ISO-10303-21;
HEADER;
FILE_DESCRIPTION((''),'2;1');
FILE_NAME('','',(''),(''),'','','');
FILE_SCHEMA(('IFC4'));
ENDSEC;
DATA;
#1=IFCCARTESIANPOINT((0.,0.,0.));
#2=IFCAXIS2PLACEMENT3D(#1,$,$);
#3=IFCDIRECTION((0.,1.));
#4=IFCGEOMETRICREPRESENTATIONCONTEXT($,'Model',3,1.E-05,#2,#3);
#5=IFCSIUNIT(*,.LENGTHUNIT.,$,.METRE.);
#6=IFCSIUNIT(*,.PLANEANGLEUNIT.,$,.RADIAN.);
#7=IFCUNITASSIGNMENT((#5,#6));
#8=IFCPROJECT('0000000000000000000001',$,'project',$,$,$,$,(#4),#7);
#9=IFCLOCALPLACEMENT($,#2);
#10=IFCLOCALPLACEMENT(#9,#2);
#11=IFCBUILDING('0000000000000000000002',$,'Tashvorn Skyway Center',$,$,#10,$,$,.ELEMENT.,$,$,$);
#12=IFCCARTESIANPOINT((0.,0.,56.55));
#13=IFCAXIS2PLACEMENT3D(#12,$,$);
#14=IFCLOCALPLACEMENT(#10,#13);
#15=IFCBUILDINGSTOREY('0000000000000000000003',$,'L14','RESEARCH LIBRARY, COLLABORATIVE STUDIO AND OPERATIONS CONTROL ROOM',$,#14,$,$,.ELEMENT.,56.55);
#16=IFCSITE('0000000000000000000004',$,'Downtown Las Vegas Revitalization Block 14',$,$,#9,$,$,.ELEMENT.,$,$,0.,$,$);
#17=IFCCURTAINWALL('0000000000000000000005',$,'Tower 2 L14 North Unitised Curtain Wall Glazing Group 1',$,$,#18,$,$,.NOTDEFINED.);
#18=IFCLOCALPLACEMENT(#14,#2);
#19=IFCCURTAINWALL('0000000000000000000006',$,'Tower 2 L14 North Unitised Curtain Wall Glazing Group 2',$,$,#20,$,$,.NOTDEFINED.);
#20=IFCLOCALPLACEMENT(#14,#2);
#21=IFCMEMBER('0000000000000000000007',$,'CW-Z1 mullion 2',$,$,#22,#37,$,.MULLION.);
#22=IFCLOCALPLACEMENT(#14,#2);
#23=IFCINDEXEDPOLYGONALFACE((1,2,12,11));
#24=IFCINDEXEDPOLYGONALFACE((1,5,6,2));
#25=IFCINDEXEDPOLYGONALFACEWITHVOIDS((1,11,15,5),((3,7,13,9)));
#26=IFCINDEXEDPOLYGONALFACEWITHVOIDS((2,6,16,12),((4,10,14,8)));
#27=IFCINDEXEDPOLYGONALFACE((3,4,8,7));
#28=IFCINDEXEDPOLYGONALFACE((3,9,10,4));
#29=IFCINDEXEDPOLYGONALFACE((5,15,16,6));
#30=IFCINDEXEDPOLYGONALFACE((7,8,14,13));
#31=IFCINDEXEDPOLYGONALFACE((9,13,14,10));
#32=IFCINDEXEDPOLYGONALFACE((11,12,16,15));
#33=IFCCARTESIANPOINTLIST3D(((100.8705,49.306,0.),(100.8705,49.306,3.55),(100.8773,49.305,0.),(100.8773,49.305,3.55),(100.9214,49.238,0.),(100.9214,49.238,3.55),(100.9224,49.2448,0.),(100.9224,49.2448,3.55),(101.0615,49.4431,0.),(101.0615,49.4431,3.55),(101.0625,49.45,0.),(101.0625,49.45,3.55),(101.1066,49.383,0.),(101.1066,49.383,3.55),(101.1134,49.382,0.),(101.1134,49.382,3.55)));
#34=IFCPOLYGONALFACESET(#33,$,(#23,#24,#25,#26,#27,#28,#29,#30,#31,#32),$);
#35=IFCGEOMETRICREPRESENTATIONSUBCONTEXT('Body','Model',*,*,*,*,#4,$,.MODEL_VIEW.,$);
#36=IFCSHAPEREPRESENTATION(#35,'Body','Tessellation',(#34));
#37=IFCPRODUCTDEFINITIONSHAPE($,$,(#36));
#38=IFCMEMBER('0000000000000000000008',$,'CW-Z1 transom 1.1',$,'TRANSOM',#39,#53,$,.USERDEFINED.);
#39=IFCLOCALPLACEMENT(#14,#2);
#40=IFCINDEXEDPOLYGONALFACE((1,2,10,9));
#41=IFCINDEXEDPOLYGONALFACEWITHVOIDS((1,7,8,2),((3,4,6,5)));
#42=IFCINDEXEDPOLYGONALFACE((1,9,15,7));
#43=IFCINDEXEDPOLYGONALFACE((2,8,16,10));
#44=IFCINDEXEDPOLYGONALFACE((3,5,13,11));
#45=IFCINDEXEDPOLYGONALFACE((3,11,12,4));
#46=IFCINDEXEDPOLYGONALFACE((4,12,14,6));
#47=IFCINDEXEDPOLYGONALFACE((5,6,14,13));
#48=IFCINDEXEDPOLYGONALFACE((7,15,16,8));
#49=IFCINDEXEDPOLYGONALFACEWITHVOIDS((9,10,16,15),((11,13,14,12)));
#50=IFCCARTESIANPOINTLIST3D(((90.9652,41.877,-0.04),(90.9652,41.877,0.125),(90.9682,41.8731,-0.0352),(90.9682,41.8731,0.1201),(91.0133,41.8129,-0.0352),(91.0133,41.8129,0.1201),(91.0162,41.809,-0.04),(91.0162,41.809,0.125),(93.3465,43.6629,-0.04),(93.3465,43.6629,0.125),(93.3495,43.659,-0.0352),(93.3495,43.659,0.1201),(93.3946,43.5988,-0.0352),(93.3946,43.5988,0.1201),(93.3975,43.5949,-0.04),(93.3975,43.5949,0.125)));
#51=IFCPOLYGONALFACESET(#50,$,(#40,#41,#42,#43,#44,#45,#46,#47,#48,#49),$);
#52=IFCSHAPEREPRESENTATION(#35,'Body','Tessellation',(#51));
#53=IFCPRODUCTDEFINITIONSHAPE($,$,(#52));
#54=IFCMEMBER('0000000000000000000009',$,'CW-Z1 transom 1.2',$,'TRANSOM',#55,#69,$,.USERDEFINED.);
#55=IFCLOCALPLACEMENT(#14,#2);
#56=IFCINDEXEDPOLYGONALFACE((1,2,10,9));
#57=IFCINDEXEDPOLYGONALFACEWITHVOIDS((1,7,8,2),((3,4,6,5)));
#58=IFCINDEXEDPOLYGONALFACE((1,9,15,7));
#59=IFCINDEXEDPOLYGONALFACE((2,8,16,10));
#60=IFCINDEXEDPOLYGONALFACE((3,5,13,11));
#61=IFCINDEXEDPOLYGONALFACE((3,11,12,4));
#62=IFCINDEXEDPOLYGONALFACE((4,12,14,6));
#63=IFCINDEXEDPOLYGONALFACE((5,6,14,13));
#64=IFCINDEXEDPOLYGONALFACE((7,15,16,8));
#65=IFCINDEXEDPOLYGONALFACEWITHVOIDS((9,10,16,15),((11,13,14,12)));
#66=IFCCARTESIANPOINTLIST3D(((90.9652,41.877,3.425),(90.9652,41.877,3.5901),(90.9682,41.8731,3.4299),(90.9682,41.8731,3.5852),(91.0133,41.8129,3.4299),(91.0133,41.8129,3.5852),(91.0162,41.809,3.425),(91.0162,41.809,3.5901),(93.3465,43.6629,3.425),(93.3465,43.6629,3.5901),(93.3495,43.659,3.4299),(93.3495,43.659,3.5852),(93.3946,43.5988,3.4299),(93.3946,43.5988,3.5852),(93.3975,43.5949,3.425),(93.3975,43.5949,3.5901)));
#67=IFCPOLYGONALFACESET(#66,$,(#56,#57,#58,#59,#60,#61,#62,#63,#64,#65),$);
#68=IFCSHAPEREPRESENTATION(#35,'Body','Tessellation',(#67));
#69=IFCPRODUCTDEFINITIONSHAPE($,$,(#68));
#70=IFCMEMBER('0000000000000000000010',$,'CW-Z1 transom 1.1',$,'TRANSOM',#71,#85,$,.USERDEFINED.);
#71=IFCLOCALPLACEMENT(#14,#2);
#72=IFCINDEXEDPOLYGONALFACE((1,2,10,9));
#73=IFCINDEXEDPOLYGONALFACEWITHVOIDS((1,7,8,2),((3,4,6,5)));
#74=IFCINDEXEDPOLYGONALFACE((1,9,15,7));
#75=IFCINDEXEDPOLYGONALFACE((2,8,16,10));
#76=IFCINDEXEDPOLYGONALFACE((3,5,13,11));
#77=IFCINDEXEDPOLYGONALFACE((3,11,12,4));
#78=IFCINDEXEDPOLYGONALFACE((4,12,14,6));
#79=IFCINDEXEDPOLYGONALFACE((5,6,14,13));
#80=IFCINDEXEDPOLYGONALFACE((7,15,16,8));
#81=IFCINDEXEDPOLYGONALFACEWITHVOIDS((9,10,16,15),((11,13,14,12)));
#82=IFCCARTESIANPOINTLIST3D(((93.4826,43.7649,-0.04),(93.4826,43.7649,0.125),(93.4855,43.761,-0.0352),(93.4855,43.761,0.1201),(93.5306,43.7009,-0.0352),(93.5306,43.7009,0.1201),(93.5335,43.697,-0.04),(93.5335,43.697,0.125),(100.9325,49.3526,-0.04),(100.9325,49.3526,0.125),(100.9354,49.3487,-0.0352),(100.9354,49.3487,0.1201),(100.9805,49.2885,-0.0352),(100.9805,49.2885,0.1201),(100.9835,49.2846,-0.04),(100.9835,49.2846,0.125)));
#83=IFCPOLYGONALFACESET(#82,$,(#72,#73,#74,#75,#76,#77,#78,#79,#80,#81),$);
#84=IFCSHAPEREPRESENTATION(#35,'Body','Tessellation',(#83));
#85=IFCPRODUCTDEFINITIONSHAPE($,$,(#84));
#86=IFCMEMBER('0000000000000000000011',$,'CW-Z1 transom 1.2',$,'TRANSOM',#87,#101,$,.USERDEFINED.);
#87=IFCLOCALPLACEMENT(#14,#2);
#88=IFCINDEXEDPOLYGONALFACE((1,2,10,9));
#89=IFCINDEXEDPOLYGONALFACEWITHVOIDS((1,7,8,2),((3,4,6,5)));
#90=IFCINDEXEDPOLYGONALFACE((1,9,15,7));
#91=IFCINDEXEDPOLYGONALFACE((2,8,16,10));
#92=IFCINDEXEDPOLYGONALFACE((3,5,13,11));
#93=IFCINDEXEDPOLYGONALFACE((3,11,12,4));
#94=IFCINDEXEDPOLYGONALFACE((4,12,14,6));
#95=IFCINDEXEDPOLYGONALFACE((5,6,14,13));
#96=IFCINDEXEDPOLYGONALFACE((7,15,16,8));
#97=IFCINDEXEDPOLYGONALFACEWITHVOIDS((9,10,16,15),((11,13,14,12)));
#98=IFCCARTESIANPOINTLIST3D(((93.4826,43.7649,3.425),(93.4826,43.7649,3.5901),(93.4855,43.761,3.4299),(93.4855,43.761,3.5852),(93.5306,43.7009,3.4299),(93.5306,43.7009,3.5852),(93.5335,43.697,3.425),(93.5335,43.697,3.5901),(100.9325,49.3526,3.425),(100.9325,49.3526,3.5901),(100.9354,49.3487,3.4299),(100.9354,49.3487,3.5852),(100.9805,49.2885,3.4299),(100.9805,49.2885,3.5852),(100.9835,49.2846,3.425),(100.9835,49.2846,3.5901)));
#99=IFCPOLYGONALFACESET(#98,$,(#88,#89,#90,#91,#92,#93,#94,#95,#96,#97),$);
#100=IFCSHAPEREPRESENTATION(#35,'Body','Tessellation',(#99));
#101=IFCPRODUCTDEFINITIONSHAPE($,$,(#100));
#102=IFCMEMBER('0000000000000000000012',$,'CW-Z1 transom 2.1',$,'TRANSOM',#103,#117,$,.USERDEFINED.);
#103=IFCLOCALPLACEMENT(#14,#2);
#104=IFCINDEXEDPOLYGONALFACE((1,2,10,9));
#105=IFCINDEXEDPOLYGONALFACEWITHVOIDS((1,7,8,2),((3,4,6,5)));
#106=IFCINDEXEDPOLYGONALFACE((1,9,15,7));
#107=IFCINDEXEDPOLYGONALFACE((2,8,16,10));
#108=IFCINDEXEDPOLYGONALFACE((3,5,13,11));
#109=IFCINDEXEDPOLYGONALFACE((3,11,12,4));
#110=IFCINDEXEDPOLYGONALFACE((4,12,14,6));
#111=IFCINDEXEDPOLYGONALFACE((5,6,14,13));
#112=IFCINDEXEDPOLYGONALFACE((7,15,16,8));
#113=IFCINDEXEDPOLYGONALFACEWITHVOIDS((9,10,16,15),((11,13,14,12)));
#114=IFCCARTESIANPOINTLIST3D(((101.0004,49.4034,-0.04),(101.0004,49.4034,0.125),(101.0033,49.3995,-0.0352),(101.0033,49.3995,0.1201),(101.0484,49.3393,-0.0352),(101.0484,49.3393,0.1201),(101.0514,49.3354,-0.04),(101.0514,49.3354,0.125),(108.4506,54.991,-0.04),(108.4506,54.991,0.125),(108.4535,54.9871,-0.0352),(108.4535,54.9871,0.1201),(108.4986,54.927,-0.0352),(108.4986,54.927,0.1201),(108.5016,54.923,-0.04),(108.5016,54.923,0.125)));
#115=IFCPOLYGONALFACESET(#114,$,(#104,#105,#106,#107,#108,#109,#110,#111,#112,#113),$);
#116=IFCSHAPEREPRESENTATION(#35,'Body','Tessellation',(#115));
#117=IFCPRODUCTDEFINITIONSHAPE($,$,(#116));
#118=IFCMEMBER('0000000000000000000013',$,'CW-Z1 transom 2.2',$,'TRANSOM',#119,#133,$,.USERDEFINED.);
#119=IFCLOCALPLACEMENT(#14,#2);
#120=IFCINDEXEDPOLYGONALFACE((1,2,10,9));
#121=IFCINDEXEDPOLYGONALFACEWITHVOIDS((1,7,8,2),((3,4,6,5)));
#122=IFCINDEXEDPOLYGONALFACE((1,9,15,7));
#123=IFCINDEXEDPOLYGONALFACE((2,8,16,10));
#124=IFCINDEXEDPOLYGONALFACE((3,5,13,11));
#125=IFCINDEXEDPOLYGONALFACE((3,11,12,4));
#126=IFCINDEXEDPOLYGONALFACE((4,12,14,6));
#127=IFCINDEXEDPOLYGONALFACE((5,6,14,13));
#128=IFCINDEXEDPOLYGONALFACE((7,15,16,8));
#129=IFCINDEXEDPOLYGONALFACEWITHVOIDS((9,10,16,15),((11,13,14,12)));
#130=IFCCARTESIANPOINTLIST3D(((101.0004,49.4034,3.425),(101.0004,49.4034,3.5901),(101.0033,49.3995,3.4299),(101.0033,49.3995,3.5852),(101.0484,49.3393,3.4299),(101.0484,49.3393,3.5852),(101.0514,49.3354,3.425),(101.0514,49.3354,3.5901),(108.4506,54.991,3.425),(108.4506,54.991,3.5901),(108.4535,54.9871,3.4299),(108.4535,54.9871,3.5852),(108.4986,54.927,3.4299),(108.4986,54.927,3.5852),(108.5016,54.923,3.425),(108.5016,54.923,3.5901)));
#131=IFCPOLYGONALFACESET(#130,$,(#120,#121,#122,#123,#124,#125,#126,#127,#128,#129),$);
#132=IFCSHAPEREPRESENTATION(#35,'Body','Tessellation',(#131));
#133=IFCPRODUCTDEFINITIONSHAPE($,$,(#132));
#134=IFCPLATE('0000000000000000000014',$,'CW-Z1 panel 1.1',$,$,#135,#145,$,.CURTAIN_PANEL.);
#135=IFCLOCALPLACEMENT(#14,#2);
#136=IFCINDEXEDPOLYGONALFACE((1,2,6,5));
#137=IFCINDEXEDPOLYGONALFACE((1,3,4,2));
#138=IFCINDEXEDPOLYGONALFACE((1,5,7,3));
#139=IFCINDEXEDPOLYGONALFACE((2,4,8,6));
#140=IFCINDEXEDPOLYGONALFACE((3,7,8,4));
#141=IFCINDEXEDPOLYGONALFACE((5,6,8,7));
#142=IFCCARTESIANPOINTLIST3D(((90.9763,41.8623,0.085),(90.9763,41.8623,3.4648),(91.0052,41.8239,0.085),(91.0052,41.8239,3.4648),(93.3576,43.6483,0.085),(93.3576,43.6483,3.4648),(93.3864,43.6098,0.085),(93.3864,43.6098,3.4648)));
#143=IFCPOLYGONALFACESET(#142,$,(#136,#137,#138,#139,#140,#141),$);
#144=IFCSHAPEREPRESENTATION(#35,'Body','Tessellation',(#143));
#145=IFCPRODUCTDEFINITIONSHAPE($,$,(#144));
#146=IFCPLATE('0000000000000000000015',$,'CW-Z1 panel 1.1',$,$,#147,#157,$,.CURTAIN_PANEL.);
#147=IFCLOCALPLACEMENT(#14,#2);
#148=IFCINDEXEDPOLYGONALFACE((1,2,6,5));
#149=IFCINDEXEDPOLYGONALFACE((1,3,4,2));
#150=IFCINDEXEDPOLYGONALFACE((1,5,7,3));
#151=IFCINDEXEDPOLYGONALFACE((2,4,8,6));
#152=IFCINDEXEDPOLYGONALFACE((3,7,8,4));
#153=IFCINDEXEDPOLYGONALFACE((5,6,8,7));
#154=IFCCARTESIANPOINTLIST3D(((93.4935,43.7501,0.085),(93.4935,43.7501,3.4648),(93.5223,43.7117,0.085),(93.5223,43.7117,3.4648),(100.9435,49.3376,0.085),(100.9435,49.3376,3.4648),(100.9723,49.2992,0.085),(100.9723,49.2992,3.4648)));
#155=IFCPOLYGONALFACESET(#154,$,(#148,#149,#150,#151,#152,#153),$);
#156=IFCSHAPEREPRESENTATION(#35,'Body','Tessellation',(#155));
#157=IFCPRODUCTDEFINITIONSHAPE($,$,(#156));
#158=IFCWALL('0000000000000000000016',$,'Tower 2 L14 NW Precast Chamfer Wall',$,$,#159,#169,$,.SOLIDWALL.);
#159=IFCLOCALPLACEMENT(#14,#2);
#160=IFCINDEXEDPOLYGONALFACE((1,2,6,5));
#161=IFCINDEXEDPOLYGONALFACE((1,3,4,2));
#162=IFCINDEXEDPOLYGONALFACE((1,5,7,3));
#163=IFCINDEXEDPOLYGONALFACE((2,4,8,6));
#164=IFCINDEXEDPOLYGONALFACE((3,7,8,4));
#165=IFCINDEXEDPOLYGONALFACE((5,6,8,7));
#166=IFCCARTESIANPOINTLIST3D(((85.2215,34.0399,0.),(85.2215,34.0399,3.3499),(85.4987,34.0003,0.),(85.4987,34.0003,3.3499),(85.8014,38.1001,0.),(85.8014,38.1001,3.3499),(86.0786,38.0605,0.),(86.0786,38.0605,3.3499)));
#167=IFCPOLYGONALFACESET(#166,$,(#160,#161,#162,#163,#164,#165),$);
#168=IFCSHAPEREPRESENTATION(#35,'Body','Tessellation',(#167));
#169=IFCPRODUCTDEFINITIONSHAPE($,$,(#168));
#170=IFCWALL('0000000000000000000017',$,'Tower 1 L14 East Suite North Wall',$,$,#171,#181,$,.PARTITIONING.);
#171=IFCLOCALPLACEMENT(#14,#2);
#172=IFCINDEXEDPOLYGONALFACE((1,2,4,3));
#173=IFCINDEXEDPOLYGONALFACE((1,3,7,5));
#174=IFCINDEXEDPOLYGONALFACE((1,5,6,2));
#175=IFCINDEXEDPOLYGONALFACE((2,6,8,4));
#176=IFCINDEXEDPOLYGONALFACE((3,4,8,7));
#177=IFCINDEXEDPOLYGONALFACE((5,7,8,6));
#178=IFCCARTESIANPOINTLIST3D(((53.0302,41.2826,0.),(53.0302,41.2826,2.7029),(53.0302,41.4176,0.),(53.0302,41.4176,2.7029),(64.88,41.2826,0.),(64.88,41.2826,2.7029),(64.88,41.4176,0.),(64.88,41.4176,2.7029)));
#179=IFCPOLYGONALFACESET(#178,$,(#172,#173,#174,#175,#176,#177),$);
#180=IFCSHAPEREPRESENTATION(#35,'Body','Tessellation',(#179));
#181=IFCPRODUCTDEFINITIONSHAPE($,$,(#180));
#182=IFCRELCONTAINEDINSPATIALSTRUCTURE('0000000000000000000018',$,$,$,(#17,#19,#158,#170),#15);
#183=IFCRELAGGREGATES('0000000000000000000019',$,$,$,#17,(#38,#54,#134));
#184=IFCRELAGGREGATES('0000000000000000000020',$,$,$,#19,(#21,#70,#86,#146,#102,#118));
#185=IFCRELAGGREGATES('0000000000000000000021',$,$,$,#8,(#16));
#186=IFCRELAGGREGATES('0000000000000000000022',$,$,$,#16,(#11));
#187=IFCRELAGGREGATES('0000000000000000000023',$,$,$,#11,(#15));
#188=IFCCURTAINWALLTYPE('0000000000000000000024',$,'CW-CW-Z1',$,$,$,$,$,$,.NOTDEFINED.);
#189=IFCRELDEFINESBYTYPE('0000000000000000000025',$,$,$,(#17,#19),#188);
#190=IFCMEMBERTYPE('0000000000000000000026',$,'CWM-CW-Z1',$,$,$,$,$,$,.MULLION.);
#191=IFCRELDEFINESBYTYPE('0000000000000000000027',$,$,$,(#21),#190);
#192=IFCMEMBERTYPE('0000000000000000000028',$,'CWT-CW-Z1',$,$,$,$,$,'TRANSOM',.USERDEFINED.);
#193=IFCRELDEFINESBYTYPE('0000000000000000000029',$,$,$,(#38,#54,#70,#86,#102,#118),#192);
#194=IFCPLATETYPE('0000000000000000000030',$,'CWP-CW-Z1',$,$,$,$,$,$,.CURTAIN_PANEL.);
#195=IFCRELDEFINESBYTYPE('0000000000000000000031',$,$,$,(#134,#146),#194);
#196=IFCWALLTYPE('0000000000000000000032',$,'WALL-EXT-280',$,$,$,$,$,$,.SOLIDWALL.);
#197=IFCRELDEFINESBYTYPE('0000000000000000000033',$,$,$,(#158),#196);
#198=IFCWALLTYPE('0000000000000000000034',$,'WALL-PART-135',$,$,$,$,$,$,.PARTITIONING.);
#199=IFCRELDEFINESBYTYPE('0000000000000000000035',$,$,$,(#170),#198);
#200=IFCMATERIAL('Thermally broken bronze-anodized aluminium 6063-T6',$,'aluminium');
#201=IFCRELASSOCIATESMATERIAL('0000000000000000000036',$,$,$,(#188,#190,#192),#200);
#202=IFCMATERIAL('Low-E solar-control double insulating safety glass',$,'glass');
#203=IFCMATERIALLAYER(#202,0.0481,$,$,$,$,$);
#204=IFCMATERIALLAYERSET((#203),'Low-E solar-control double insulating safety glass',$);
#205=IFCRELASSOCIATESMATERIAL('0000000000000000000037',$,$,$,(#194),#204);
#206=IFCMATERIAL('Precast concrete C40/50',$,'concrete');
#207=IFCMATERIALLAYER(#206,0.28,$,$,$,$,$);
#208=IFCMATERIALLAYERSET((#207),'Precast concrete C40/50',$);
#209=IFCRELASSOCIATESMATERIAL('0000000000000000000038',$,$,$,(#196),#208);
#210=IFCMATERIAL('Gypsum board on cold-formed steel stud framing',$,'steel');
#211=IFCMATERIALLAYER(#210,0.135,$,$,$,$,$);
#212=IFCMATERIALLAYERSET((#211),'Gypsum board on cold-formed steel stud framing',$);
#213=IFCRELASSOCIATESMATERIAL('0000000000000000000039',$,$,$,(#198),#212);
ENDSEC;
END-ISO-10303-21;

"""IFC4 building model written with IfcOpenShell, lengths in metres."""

from ifc_helpers import new_model, si_unit, direction, frame, frame_2d, origin, origin_2d, place, context, subcontext, project, spatial, rectangle, hollow_rectangle, extrude, material, layer, layer_set, material_profile, profile_set, type_object, element, aggregate, save


model = new_model("IFC4")

# Units and contexts
model_context = context("Model", 3, precision=1e-05, world=origin(), true_north=direction((0.0, 1.0)))
body_context = subcontext(model_context, "Body", "Model", "MODEL_VIEW")
ifc_project = project(units=[si_unit("LENGTHUNIT", "METRE"), si_unit("PLANEANGLEUNIT", "RADIAN")], contexts=[model_context])

# Site, building, storey
site_placement = place(None, origin())
site = spatial("IfcSite", under=ifc_project, at=site_placement, Name="Downtown Las Vegas Revitalization Block 14", CompositionType="ELEMENT", RefElevation=0.0)
building_placement = place(site_placement, origin())
building = spatial("IfcBuilding", under=site, at=building_placement, Name="Tashvorn Skyway Center", CompositionType="ELEMENT")
storey_placement = place(building_placement, frame((0.0, 0.0, 56.55)))
storey = spatial("IfcBuildingStorey", under=building, at=storey_placement, Name="L14", Description="RESEARCH LIBRARY, COLLABORATIVE STUDIO AND OPERATIONS CONTROL ROOM", CompositionType="ELEMENT", Elevation=56.55)

# Curtain walls, member
ifc_material_1 = material(Name="Thermally broken bronze-anodized aluminium 6063-T6", Category="aluminium")
curtain_wall_type = type_object("IfcCurtainWallType", Name="CW-CW-Z1", PredefinedType="NOTDEFINED", material=ifc_material_1)
curtain_wall_1_placement = place(storey_placement, origin())
curtain_wall_1 = element("IfcCurtainWall", 1, at=curtain_wall_1_placement, inside=storey, type_object=curtain_wall_type, Name="Tower 2 L14 North Unitised Curtain Wall Glazing Group 1", PredefinedType="NOTDEFINED")
ifc_material_profile_1 = material_profile(ifc_material_1, hollow_rectangle(XDim=0.085, YDim=0.24, WallThickness=0.0049, at=origin_2d()), Name="ALU-MULL-85x240")
ifc_profile_set_1 = profile_set([ifc_material_profile_1], Name="Thermally broken bronze-anodized aluminium 6063-T6")
member_type_1 = type_object("IfcMemberType", Name="CWM-CW-Z1", PredefinedType="MULLION", material=ifc_profile_set_1)
curtain_wall_2_placement = place(storey_placement, origin())
curtain_wall_2 = element("IfcCurtainWall", 2, at=curtain_wall_2_placement, inside=storey, type_object=curtain_wall_type, Name="Tower 2 L14 North Unitised Curtain Wall Glazing Group 2", PredefinedType="NOTDEFINED")
member_1_placement = place(storey_placement, frame((100.9919, 49.344, 0.0), z_axis=(0.0, 0.0, 1.0), x_axis=(-0.6, 0.8, 0.0)))
member_1 = element("IfcMember", 3, at=member_1_placement, type_object=member_type_1, Name="CW-Z1 mullion 2", PredefinedType="MULLION", context=body_context, shape_type="SweptSolid", body=[
    extrude(hollow_rectangle(XDim=0.085, YDim=0.24, WallThickness=0.0049, at=origin_2d()), origin(), (0.0, 0.0, 1.0), 3.55),
])

# Members
ifc_material_profile_2 = material_profile(ifc_material_1, hollow_rectangle(XDim=0.085, YDim=0.165, WallThickness=0.0049, at=origin_2d()), Name="ALU-TRAN-85x165")
ifc_profile_set_2 = profile_set([ifc_material_profile_2], Name="Thermally broken bronze-anodized aluminium 6063-T6")
member_type_2 = type_object("IfcMemberType", Name="CWT-CW-Z1", ElementType="TRANSOM", PredefinedType="USERDEFINED", material=ifc_profile_set_2)
member_2_placement = place(storey_placement, frame((90.9907, 41.843, 0.0425), z_axis=(0.80002, 0.599974, 0.0), x_axis=(-0.599974, 0.80002, 0.0)))
member_2 = element("IfcMember", 4, at=member_2_placement, type_object=member_type_2, Name="CW-Z1 transom 1.1", ObjectType="TRANSOM", PredefinedType="USERDEFINED", context=body_context, shape_type="SweptSolid", body=[
    extrude(hollow_rectangle(XDim=0.085, YDim=0.165, WallThickness=0.0049, at=origin_2d()), origin(), (0.0, 0.0, 1.0), 2.9766),
])
member_3_placement = place(storey_placement, frame((90.9907, 41.843, 3.5076), z_axis=(0.80002, 0.599974, 0.0), x_axis=(-0.599974, 0.80002, 0.0)))
member_3 = element("IfcMember", 5, at=member_3_placement, type_object=member_type_2, Name="CW-Z1 transom 1.2", ObjectType="TRANSOM", PredefinedType="USERDEFINED", context=body_context, shape_type="SweptSolid", body=[
    extrude(hollow_rectangle(XDim=0.085, YDim=0.165, WallThickness=0.0049, at=origin_2d()), origin(), (0.0, 0.0, 1.0), 2.9766),
])
member_4_placement = place(storey_placement, frame((93.5081, 43.731, 0.0425), z_axis=(0.799991, 0.600013, 0.0), x_axis=(-0.600013, 0.799991, 0.0)))
member_4 = element("IfcMember", 6, at=member_4_placement, type_object=member_type_2, Name="CW-Z1 transom 1.1", ObjectType="TRANSOM", PredefinedType="USERDEFINED", context=body_context, shape_type="SweptSolid", body=[
    extrude(hollow_rectangle(XDim=0.085, YDim=0.165, WallThickness=0.0049, at=origin_2d()), origin(), (0.0, 0.0, 1.0), 9.3125),
])
member_5_placement = place(storey_placement, frame((93.5081, 43.731, 3.5076), z_axis=(0.799991, 0.600013, 0.0), x_axis=(-0.600013, 0.799991, 0.0)))
member_5 = element("IfcMember", 7, at=member_5_placement, type_object=member_type_2, Name="CW-Z1 transom 1.2", ObjectType="TRANSOM", PredefinedType="USERDEFINED", context=body_context, shape_type="SweptSolid", body=[
    extrude(hollow_rectangle(XDim=0.085, YDim=0.165, WallThickness=0.0049, at=origin_2d()), origin(), (0.0, 0.0, 1.0), 9.3125),
])
member_6_placement = place(storey_placement, frame((101.0259, 49.3694, 0.0425), z_axis=(0.8, 0.6, 0.0), x_axis=(-0.6, 0.8, 0.0)))
member_6 = element("IfcMember", 8, at=member_6_placement, type_object=member_type_2, Name="CW-Z1 transom 2.1", ObjectType="TRANSOM", PredefinedType="USERDEFINED", context=body_context, shape_type="SweptSolid", body=[
    extrude(hollow_rectangle(XDim=0.085, YDim=0.165, WallThickness=0.0049, at=origin_2d()), origin(), (0.0, 0.0, 1.0), 9.3127),
])
member_7_placement = place(storey_placement, frame((101.0259, 49.3694, 3.5076), z_axis=(0.8, 0.6, 0.0), x_axis=(-0.6, 0.8, 0.0)))
member_7 = element("IfcMember", 9, at=member_7_placement, type_object=member_type_2, Name="CW-Z1 transom 2.2", ObjectType="TRANSOM", PredefinedType="USERDEFINED", context=body_context, shape_type="SweptSolid", body=[
    extrude(hollow_rectangle(XDim=0.085, YDim=0.165, WallThickness=0.0049, at=origin_2d()), origin(), (0.0, 0.0, 1.0), 9.3127),
])

# Plates
ifc_material_2 = material(Name="Low-E solar-control double insulating safety glass", Category="glass")
ifc_layer_1 = layer(ifc_material_2, 0.0481)
ifc_layer_set_1 = layer_set([ifc_layer_1], Name="Low-E solar-control double insulating safety glass")
plate_type = type_object("IfcPlateType", Name="CWP-CW-Z1", PredefinedType="CURTAIN_PANEL", material=ifc_layer_set_1)
plate_1_placement = place(storey_placement, frame((92.1814, 42.7361, 0.085), z_axis=(0.0, 0.0, 1.0), x_axis=(0.799996, 0.600005, 0.0)))
plate_1 = element("IfcPlate", 10, at=plate_1_placement, type_object=plate_type, Name="CW-Z1 panel 1.1", PredefinedType="CURTAIN_PANEL", context=body_context, shape_type="SweptSolid", body=[
    extrude(rectangle(XDim=2.9766, YDim=0.0481, at=origin_2d()), origin(), (0.0, 0.0, 1.0), 3.3799),
])
aggregate(curtain_wall_1, [member_2, member_3, plate_1])
plate_2_placement = place(storey_placement, frame((97.2329, 46.5247, 0.085), z_axis=(0.0, 0.0, 1.0), x_axis=(0.8, 0.6, 0.0)))
plate_2 = element("IfcPlate", 11, at=plate_2_placement, type_object=plate_type, Name="CW-Z1 panel 1.1", PredefinedType="CURTAIN_PANEL", context=body_context, shape_type="SweptSolid", body=[
    extrude(rectangle(XDim=9.3125, YDim=0.0481, at=origin_2d()), origin(), (0.0, 0.0, 1.0), 3.3799),
])
aggregate(curtain_wall_2, [member_1, member_4, member_5, plate_2, member_6, member_7])

# Walls
ifc_material_3 = material(Name="Precast concrete C40/50", Category="concrete")
ifc_layer_2 = layer(ifc_material_3, 0.28)
ifc_layer_set_2 = layer_set([ifc_layer_2], Name="Precast concrete C40/50")
wall_type_1 = type_object("IfcWallType", Name="WALL-EXT-280", PredefinedType="SOLIDWALL", material=ifc_layer_set_2)
wall_1_placement = place(storey_placement, frame((85.3601, 34.02, 0.0), z_axis=(0.0, 0.0, 1.0), x_axis=(0.14138, 0.989955, 0.0)))
element("IfcWall", 12, at=wall_1_placement, inside=storey, type_object=wall_type_1, Name="Tower 2 L14 NW Precast Chamfer Wall", PredefinedType="SOLIDWALL", context=body_context, shape_type="SweptSolid", body=[
    extrude(rectangle(XDim=4.1013, YDim=0.28, at=frame_2d((2.0508, 0.0))), origin(), (0.0, 0.0, 1.0), 3.3499),
])
ifc_material_4 = material(Name="Gypsum board on cold-formed steel stud framing", Category="steel")
ifc_layer_3 = layer(ifc_material_4, 0.135)
ifc_layer_set_3 = layer_set([ifc_layer_3], Name="Gypsum board on cold-formed steel stud framing")
wall_type_2 = type_object("IfcWallType", Name="WALL-PART-135", PredefinedType="PARTITIONING", material=ifc_layer_set_3)
wall_2_placement = place(storey_placement, frame((64.8799, 41.3501, 0.0), z_axis=(0.0, 0.0, 1.0), x_axis=(-1.0, 0.0, 0.0)))
element("IfcWall", 13, at=wall_2_placement, inside=storey, type_object=wall_type_2, Name="Tower 1 L14 East Suite North Wall", PredefinedType="PARTITIONING", context=body_context, shape_type="SweptSolid", body=[
    extrude(rectangle(XDim=11.8499, YDim=0.135, at=frame_2d((5.9248, 0.0))), origin(), (0.0, 0.0, 1.0), 2.7029),
])

save(model, "model.ifc")
